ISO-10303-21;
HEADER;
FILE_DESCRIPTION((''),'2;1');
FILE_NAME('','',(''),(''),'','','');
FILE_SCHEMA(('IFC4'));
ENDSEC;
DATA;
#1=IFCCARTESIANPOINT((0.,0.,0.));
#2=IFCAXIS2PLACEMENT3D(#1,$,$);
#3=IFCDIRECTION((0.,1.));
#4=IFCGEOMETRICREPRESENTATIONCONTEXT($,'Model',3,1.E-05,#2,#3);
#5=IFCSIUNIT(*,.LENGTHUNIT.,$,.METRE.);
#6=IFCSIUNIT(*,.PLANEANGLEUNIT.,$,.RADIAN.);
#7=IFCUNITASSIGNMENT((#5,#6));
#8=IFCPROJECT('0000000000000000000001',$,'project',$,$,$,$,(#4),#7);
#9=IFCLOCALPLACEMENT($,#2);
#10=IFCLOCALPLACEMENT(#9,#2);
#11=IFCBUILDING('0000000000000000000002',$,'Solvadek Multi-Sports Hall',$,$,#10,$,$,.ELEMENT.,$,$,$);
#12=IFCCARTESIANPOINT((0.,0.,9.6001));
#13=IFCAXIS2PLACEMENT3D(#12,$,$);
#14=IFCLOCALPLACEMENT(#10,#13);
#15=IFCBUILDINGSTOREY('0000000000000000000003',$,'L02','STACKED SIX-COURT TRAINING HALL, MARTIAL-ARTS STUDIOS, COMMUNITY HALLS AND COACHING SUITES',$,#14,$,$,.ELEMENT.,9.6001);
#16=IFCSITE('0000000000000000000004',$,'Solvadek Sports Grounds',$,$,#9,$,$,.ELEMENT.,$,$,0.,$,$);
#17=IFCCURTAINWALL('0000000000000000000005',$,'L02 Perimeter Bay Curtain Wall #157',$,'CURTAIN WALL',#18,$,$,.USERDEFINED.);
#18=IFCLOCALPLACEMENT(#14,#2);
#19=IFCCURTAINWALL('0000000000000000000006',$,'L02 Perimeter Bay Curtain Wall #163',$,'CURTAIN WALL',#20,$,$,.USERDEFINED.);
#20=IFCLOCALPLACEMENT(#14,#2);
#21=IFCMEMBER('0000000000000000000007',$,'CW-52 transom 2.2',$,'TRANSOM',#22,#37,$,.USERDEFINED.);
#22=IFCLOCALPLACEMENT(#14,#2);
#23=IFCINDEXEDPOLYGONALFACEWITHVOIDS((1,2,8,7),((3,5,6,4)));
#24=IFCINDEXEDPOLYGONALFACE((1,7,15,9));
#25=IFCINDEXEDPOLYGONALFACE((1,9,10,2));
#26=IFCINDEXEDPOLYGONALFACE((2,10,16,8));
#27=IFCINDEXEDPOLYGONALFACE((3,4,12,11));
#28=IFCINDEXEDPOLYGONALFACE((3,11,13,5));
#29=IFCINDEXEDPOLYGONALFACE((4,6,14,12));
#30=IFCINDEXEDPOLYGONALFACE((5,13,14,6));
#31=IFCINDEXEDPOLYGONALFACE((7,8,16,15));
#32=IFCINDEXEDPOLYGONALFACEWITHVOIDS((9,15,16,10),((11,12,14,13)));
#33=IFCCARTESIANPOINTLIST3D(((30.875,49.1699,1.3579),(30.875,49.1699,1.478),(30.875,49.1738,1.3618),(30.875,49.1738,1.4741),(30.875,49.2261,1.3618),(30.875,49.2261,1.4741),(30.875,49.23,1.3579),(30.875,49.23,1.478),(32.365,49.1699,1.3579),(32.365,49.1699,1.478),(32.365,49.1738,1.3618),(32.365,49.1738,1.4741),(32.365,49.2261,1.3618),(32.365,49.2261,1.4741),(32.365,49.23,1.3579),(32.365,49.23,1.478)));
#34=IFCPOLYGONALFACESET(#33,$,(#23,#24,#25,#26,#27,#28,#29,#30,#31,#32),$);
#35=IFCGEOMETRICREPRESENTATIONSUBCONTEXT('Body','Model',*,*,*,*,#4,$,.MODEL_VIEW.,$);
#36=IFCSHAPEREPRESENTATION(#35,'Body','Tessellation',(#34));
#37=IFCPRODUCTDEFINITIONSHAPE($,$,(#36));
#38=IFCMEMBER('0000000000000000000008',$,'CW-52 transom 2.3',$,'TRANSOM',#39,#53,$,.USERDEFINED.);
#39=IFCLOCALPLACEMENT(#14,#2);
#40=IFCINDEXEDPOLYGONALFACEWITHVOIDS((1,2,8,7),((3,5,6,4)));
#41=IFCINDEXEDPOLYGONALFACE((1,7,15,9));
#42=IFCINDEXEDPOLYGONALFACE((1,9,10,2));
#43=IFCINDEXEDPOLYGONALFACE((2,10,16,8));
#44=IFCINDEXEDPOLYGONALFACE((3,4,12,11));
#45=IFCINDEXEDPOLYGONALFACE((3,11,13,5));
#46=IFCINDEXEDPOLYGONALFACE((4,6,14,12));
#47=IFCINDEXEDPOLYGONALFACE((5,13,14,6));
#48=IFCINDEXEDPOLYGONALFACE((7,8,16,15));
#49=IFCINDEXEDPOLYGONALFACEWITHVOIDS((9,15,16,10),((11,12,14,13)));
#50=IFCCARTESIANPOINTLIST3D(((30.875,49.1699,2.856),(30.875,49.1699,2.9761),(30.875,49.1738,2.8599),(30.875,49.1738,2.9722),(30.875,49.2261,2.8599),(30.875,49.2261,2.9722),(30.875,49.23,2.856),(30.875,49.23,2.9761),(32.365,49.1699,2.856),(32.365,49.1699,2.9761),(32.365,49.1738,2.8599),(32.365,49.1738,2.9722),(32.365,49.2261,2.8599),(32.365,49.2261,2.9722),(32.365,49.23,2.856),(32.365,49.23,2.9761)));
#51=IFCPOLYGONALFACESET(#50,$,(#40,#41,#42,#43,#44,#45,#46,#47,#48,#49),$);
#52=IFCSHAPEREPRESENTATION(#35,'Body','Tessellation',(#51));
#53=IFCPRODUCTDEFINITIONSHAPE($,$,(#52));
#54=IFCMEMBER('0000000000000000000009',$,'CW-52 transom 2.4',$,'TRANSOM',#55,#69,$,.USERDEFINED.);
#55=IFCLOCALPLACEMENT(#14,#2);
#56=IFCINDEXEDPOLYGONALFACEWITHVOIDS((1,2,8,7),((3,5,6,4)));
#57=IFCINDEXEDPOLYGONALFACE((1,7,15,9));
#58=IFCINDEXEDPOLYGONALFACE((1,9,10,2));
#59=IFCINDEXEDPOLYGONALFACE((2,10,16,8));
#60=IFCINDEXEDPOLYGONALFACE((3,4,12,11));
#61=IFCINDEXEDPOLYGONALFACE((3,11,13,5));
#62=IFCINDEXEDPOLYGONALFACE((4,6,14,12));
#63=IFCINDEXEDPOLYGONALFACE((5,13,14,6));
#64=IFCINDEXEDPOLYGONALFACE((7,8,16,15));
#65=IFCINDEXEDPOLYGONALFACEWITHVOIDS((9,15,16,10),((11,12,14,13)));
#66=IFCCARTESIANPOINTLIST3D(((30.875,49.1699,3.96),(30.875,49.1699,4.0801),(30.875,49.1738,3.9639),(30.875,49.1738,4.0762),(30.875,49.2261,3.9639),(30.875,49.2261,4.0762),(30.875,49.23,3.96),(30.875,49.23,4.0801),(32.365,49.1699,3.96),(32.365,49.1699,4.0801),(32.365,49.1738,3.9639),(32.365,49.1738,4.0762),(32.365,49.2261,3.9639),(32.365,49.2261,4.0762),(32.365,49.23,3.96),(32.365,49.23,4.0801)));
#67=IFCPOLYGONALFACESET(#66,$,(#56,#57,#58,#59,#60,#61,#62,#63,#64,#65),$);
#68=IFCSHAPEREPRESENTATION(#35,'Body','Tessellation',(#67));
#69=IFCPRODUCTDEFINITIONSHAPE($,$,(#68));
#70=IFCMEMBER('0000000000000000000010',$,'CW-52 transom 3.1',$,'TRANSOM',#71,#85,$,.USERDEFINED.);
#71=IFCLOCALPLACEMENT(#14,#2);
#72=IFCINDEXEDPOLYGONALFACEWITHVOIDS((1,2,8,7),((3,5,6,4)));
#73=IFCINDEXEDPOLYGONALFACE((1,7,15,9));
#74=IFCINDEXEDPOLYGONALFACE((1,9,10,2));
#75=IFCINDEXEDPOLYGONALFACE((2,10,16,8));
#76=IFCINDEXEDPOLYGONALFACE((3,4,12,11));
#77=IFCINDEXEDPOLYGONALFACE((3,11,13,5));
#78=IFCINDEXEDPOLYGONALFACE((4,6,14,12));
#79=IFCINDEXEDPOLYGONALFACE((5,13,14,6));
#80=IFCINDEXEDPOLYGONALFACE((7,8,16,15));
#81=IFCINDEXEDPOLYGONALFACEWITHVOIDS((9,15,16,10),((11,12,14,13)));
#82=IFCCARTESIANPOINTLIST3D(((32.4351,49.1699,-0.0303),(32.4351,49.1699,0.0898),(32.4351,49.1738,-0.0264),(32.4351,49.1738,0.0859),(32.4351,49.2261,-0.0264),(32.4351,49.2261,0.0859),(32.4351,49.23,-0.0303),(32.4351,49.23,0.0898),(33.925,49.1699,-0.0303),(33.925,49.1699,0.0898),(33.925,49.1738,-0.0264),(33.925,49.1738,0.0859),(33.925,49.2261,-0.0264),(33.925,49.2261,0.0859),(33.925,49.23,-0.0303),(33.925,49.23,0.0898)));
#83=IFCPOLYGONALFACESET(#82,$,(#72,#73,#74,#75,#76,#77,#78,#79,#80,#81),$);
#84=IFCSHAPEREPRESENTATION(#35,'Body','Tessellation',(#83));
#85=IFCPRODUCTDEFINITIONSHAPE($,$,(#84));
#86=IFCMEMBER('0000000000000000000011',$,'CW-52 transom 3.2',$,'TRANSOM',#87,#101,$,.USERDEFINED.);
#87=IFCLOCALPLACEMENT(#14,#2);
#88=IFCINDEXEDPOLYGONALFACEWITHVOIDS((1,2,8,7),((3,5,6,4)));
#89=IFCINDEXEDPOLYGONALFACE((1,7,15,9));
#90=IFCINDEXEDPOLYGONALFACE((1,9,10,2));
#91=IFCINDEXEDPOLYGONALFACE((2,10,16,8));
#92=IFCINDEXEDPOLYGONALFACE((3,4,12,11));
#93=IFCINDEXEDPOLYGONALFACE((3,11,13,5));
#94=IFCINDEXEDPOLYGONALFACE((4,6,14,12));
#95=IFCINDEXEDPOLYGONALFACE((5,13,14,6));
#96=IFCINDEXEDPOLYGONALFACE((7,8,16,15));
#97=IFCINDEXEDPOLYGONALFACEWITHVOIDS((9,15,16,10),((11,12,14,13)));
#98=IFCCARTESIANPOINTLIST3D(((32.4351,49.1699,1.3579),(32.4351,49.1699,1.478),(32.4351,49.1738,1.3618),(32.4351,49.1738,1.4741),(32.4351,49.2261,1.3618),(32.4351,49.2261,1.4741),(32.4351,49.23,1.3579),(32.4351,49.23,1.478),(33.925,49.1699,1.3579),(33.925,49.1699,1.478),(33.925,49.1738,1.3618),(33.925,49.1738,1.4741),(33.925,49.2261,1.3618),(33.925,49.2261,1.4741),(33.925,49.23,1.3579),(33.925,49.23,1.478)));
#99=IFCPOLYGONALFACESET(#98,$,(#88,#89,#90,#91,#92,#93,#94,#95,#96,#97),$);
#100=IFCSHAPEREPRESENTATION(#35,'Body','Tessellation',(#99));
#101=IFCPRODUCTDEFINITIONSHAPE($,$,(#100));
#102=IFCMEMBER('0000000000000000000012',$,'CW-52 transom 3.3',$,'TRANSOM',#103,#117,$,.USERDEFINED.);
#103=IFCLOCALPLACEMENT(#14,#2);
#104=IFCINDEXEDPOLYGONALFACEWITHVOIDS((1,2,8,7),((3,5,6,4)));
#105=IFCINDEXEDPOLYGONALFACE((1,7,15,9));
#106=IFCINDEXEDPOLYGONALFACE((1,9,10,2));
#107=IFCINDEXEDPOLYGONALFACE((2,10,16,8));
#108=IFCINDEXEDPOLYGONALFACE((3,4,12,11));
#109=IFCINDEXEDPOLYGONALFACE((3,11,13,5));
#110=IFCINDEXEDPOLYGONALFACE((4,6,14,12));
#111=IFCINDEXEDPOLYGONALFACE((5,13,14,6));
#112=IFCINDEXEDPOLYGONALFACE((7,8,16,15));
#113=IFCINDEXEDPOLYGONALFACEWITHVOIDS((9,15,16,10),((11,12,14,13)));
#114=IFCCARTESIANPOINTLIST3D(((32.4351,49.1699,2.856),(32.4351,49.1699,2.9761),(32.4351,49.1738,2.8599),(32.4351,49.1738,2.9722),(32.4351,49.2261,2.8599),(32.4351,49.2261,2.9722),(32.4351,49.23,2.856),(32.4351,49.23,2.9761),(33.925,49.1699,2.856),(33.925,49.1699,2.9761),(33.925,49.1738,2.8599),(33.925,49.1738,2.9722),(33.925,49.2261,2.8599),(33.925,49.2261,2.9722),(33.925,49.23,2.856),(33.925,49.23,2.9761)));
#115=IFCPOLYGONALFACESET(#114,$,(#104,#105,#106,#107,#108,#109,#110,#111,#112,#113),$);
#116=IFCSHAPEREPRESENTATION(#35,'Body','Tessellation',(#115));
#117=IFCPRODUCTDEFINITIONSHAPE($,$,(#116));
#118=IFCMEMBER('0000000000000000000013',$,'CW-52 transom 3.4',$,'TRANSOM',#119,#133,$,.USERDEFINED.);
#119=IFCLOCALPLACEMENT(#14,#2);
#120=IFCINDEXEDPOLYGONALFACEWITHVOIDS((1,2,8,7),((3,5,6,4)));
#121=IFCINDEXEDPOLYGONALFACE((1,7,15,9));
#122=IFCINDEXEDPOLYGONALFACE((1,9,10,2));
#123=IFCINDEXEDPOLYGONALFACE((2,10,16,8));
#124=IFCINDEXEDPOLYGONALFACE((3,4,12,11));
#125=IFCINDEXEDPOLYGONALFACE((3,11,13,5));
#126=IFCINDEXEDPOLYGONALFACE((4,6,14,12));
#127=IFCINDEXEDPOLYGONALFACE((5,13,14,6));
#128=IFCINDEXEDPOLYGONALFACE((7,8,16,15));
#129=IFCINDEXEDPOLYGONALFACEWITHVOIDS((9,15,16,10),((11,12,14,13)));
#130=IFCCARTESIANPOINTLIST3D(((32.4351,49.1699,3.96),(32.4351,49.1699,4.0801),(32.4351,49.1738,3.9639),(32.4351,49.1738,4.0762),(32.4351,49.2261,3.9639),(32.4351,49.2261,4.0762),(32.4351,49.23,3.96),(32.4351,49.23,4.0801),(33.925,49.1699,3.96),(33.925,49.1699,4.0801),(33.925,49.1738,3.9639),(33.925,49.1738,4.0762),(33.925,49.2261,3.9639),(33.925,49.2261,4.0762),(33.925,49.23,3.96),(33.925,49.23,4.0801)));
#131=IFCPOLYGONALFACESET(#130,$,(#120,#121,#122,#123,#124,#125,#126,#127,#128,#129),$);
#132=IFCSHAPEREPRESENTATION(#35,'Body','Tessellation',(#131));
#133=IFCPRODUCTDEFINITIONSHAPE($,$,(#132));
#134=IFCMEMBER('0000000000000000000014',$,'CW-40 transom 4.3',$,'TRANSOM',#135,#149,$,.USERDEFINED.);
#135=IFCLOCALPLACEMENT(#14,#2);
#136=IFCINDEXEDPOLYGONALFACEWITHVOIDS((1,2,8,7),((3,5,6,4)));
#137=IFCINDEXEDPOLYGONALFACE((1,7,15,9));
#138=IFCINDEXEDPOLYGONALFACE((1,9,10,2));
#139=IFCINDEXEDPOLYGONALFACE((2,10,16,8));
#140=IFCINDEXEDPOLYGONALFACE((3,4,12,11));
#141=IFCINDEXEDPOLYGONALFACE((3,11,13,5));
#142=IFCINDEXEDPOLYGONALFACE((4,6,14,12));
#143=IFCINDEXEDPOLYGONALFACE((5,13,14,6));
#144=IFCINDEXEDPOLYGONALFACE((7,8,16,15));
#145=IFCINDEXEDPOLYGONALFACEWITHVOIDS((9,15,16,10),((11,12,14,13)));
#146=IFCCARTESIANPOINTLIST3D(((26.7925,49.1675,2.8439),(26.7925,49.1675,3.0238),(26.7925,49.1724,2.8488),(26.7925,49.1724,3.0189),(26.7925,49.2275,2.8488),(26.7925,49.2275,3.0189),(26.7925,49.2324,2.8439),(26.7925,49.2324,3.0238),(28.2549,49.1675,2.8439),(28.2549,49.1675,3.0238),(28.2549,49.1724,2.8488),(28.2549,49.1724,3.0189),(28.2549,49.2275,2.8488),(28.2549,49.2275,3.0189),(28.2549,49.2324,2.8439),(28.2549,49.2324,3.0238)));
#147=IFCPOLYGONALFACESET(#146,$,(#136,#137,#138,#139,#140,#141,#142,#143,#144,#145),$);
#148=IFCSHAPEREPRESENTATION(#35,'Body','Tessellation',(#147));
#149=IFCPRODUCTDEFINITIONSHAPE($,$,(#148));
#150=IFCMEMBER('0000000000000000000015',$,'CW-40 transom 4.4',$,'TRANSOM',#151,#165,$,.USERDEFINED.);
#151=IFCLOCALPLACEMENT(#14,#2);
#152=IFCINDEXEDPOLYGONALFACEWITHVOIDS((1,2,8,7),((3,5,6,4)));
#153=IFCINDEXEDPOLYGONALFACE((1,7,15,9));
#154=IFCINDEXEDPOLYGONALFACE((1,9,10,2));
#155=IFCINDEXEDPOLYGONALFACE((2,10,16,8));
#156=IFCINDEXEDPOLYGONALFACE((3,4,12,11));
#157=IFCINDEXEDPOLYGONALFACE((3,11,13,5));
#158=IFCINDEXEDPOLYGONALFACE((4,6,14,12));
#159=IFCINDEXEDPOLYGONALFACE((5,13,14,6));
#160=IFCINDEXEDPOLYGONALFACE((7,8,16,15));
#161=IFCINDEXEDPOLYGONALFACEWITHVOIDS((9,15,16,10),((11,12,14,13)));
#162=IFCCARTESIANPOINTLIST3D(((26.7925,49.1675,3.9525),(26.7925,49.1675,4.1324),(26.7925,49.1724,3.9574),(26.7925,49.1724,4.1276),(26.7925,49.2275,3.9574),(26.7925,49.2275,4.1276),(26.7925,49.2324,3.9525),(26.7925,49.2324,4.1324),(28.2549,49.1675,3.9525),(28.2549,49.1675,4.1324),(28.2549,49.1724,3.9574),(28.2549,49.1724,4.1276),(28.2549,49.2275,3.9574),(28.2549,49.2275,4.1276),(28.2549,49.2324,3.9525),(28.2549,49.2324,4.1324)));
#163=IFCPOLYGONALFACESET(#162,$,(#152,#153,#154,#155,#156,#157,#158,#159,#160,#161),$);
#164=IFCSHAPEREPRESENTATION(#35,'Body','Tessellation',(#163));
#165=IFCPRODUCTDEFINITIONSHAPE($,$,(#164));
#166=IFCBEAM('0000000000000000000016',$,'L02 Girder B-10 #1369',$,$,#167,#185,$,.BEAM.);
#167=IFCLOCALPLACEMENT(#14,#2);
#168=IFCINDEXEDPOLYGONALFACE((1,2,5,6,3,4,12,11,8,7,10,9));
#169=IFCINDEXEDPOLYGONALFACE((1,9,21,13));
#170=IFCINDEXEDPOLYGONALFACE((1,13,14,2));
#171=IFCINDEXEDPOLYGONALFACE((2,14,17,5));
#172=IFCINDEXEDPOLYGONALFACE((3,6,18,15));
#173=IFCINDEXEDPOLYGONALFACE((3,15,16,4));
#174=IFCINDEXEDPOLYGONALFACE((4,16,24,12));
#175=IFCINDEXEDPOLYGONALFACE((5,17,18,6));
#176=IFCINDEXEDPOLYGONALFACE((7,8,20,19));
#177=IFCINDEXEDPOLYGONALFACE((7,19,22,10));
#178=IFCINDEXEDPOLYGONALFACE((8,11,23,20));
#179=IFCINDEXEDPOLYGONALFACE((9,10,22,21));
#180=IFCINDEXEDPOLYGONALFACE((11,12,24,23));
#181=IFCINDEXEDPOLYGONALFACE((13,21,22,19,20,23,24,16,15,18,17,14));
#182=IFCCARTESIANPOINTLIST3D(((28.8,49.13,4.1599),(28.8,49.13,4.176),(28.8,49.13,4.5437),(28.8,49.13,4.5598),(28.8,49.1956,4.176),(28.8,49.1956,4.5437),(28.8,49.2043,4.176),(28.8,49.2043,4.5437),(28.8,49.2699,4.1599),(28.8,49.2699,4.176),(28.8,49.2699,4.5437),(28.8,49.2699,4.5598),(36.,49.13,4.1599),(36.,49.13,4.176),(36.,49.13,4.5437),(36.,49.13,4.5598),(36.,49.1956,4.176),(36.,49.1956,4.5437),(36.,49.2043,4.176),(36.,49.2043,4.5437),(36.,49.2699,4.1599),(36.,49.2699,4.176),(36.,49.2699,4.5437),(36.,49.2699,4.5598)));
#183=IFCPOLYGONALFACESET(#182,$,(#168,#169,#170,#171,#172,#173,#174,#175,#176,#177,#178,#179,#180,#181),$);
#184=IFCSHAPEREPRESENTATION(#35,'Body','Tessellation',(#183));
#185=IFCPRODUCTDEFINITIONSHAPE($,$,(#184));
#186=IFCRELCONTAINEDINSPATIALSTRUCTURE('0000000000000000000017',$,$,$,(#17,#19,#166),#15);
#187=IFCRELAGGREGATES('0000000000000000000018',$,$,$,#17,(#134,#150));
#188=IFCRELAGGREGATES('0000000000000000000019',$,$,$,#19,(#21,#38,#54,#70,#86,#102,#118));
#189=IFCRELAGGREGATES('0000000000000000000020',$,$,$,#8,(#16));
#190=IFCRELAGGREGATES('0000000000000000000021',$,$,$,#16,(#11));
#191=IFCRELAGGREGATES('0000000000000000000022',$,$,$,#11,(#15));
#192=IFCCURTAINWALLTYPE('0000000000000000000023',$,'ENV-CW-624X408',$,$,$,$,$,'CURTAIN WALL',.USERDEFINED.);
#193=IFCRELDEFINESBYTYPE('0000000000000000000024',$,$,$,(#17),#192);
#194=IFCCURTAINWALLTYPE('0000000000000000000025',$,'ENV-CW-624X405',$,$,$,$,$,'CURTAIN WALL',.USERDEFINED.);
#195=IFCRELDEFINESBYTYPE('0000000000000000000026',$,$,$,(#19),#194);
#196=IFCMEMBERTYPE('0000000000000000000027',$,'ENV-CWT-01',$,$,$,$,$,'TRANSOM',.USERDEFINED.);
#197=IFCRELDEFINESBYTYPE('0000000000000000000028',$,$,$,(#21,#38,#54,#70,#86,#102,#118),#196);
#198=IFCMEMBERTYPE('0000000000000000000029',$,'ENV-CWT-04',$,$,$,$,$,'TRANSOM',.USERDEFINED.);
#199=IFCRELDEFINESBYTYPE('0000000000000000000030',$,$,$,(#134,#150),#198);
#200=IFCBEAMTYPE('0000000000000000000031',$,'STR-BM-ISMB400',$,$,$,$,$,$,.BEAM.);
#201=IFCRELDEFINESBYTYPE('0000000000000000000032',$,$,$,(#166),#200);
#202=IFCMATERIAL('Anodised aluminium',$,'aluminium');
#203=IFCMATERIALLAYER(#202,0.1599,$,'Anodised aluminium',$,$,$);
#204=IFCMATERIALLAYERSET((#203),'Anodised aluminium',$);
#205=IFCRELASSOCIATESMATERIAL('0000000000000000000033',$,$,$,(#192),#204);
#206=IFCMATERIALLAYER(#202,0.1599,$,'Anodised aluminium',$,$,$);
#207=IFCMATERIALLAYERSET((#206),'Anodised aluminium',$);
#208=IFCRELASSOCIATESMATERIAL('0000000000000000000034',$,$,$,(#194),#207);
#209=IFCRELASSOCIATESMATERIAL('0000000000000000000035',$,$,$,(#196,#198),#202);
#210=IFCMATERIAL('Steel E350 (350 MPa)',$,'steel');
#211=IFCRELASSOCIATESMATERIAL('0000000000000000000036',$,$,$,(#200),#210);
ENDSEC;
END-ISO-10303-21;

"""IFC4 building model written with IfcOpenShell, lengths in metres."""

from ifc_helpers import new_model, si_unit, direction, frame, origin, origin_2d, place, context, subcontext, project, spatial, hollow_rectangle, i_section, extrude, material, layer, layer_set, material_profile, profile_set, type_object, element, aggregate, save


model = new_model("IFC4")

# Units and contexts
model_context = context("Model", 3, precision=1e-05, world=origin(), true_north=direction((0.0, 1.0)))
body_context = subcontext(model_context, "Body", "Model", "MODEL_VIEW")
ifc_project = project(units=[si_unit("LENGTHUNIT", "METRE"), si_unit("PLANEANGLEUNIT", "RADIAN")], contexts=[model_context])

# Site, building, storey
site_placement = place(None, origin())
site = spatial("IfcSite", under=ifc_project, at=site_placement, Name="Solvadek Sports Grounds", CompositionType="ELEMENT", RefElevation=0.0)
building_placement = place(site_placement, origin())
building = spatial("IfcBuilding", under=site, at=building_placement, Name="Solvadek Multi-Sports Hall", CompositionType="ELEMENT")
storey_placement = place(building_placement, frame((0.0, 0.0, 9.6001)))
storey = spatial("IfcBuildingStorey", under=building, at=storey_placement, Name="L02", Description="STACKED SIX-COURT TRAINING HALL, MARTIAL-ARTS STUDIOS, COMMUNITY HALLS AND COACHING SUITES", CompositionType="ELEMENT", Elevation=9.6001)

# Shared definitions
ifc_material_1 = material(Name="Steel E350 (350 MPa)", Category="steel")

# Curtain wall
ifc_material_2 = material(Name="Anodised aluminium", Category="aluminium")
ifc_layer_1 = layer(ifc_material_2, 0.1599, Name="Anodised aluminium")
ifc_layer_set_1 = layer_set([ifc_layer_1], Name="Anodised aluminium")
curtain_wall_type_1 = type_object("IfcCurtainWallType", Name="ENV-CW-624X408", ElementType="CURTAIN WALL", PredefinedType="USERDEFINED", material=ifc_layer_set_1)
curtain_wall_1_placement = place(storey_placement, origin())
curtain_wall_1 = element("IfcCurtainWall", 1, at=curtain_wall_1_placement, inside=storey, type_object=curtain_wall_type_1, Name="L02 Perimeter Bay Curtain Wall #157", ObjectType="CURTAIN WALL", PredefinedType="USERDEFINED")

# Curtain wall, members
ifc_layer_2 = layer(ifc_material_2, 0.1599, Name="Anodised aluminium")
ifc_layer_set_2 = layer_set([ifc_layer_2], Name="Anodised aluminium")
curtain_wall_type_2 = type_object("IfcCurtainWallType", Name="ENV-CW-624X405", ElementType="CURTAIN WALL", PredefinedType="USERDEFINED", material=ifc_layer_set_2)
curtain_wall_2_placement = place(storey_placement, origin())
curtain_wall_2 = element("IfcCurtainWall", 2, at=curtain_wall_2_placement, inside=storey, type_object=curtain_wall_type_2, Name="L02 Perimeter Bay Curtain Wall #163", ObjectType="CURTAIN WALL", PredefinedType="USERDEFINED")
ifc_material_profile_1 = material_profile(ifc_material_2, hollow_rectangle(XDim=0.0601, YDim=0.1201, WallThickness=0.0039, at=origin_2d()), Name="ALU-T 120x60x4")
ifc_profile_set_1 = profile_set([ifc_material_profile_1], Name="Anodised aluminium")
member_type_1 = type_object("IfcMemberType", Name="ENV-CWT-01", ElementType="TRANSOM", PredefinedType="USERDEFINED", material=ifc_profile_set_1)
member_1_placement = place(storey_placement, frame((30.875, 49.2, 1.418), z_axis=(1.0, 0.0, 0.0), x_axis=(0.0, 1.0, 0.0)))
member_1 = element("IfcMember", 3, at=member_1_placement, type_object=member_type_1, Name="CW-52 transom 2.2", ObjectType="TRANSOM", PredefinedType="USERDEFINED", context=body_context, shape_type="SweptSolid", body=[
    extrude(hollow_rectangle(XDim=0.0601, YDim=0.1201, WallThickness=0.0039, at=origin_2d()), origin(), (0.0, 0.0, 1.0), 1.49),
])
member_2_placement = place(storey_placement, frame((30.875, 49.2, 2.916), z_axis=(1.0, 0.0, 0.0), x_axis=(0.0, 1.0, 0.0)))
member_2 = element("IfcMember", 4, at=member_2_placement, type_object=member_type_1, Name="CW-52 transom 2.3", ObjectType="TRANSOM", PredefinedType="USERDEFINED", context=body_context, shape_type="SweptSolid", body=[
    extrude(hollow_rectangle(XDim=0.0601, YDim=0.1201, WallThickness=0.0039, at=origin_2d()), origin(), (0.0, 0.0, 1.0), 1.49),
])
member_3_placement = place(storey_placement, frame((30.875, 49.2, 4.02), z_axis=(1.0, 0.0, 0.0), x_axis=(0.0, 1.0, 0.0)))
member_3 = element("IfcMember", 5, at=member_3_placement, type_object=member_type_1, Name="CW-52 transom 2.4", ObjectType="TRANSOM", PredefinedType="USERDEFINED", context=body_context, shape_type="SweptSolid", body=[
    extrude(hollow_rectangle(XDim=0.0601, YDim=0.1201, WallThickness=0.0039, at=origin_2d()), origin(), (0.0, 0.0, 1.0), 1.49),
])
member_4_placement = place(storey_placement, frame((32.4351, 49.2, 0.0298), z_axis=(1.0, 0.0, 0.0), x_axis=(0.0, 1.0, 0.0)))
member_4 = element("IfcMember", 6, at=member_4_placement, type_object=member_type_1, Name="CW-52 transom 3.1", ObjectType="TRANSOM", PredefinedType="USERDEFINED", context=body_context, shape_type="SweptSolid", body=[
    extrude(hollow_rectangle(XDim=0.0601, YDim=0.1201, WallThickness=0.0039, at=origin_2d()), origin(), (0.0, 0.0, 1.0), 1.49),
])
member_5_placement = place(storey_placement, frame((32.4351, 49.2, 1.418), z_axis=(1.0, 0.0, 0.0), x_axis=(0.0, 1.0, 0.0)))
member_5 = element("IfcMember", 7, at=member_5_placement, type_object=member_type_1, Name="CW-52 transom 3.2", ObjectType="TRANSOM", PredefinedType="USERDEFINED", context=body_context, shape_type="SweptSolid", body=[
    extrude(hollow_rectangle(XDim=0.0601, YDim=0.1201, WallThickness=0.0039, at=origin_2d()), origin(), (0.0, 0.0, 1.0), 1.49),
])
member_6_placement = place(storey_placement, frame((32.4351, 49.2, 2.916), z_axis=(1.0, 0.0, 0.0), x_axis=(0.0, 1.0, 0.0)))
member_6 = element("IfcMember", 8, at=member_6_placement, type_object=member_type_1, Name="CW-52 transom 3.3", ObjectType="TRANSOM", PredefinedType="USERDEFINED", context=body_context, shape_type="SweptSolid", body=[
    extrude(hollow_rectangle(XDim=0.0601, YDim=0.1201, WallThickness=0.0039, at=origin_2d()), origin(), (0.0, 0.0, 1.0), 1.49),
])
member_7_placement = place(storey_placement, frame((32.4351, 49.2, 4.02), z_axis=(1.0, 0.0, 0.0), x_axis=(0.0, 1.0, 0.0)))
member_7 = element("IfcMember", 9, at=member_7_placement, type_object=member_type_1, Name="CW-52 transom 3.4", ObjectType="TRANSOM", PredefinedType="USERDEFINED", context=body_context, shape_type="SweptSolid", body=[
    extrude(hollow_rectangle(XDim=0.0601, YDim=0.1201, WallThickness=0.0039, at=origin_2d()), origin(), (0.0, 0.0, 1.0), 1.49),
])

# Members
ifc_material_profile_2 = material_profile(ifc_material_2, hollow_rectangle(XDim=0.0649, YDim=0.1799, WallThickness=0.0049, at=origin_2d()), Name="ALU-T 180x65x5")
ifc_profile_set_2 = profile_set([ifc_material_profile_2], Name="Anodised aluminium")
member_type_2 = type_object("IfcMemberType", Name="ENV-CWT-04", ElementType="TRANSOM", PredefinedType="USERDEFINED", material=ifc_profile_set_2)
member_8_placement = place(storey_placement, frame((26.7925, 49.2, 2.9338), z_axis=(1.0, 0.0, 0.0), x_axis=(0.0, 1.0, 0.0)))
member_8 = element("IfcMember", 10, at=member_8_placement, type_object=member_type_2, Name="CW-40 transom 4.3", ObjectType="TRANSOM", PredefinedType="USERDEFINED", context=body_context, shape_type="SweptSolid", body=[
    extrude(hollow_rectangle(XDim=0.0649, YDim=0.1799, WallThickness=0.0049, at=origin_2d()), origin(), (0.0, 0.0, 1.0), 1.4624),
])
member_9_placement = place(storey_placement, frame((26.7925, 49.2, 4.0425), z_axis=(1.0, 0.0, 0.0), x_axis=(0.0, 1.0, 0.0)))
member_9 = element("IfcMember", 11, at=member_9_placement, type_object=member_type_2, Name="CW-40 transom 4.4", ObjectType="TRANSOM", PredefinedType="USERDEFINED", context=body_context, shape_type="SweptSolid", body=[
    extrude(hollow_rectangle(XDim=0.0649, YDim=0.1799, WallThickness=0.0049, at=origin_2d()), origin(), (0.0, 0.0, 1.0), 1.4624),
])

# Beam
ifc_material_profile_3 = material_profile(ifc_material_1, i_section(OverallWidth=0.1399, OverallDepth=0.3999, WebThickness=0.0088, FlangeThickness=0.0161, at=origin_2d()), Name="ISMB 400")
ifc_profile_set_3 = profile_set([ifc_material_profile_3], Name="Steel E350 (350 MPa)")
beam_type = type_object("IfcBeamType", Name="STR-BM-ISMB400", PredefinedType="BEAM", material=ifc_profile_set_3)
beam_placement = place(storey_placement, frame((28.8, 49.2, 4.3599), z_axis=(1.0, 0.0, 0.0), x_axis=(0.0, 1.0, 0.0)))
element("IfcBeam", 12, at=beam_placement, inside=storey, type_object=beam_type, Name="L02 Girder B-10 #1369", PredefinedType="BEAM", context=body_context, shape_type="SweptSolid", body=[
    extrude(i_section(OverallWidth=0.1399, OverallDepth=0.3999, WebThickness=0.0088, FlangeThickness=0.0161, at=origin_2d()), origin(), (0.0, 0.0, 1.0), 7.2),
])

aggregate(curtain_wall_1, [member_8, member_9])
aggregate(curtain_wall_2, [member_1, member_2, member_3, member_4, member_5, member_6, member_7])

save(model, "model.ifc")
